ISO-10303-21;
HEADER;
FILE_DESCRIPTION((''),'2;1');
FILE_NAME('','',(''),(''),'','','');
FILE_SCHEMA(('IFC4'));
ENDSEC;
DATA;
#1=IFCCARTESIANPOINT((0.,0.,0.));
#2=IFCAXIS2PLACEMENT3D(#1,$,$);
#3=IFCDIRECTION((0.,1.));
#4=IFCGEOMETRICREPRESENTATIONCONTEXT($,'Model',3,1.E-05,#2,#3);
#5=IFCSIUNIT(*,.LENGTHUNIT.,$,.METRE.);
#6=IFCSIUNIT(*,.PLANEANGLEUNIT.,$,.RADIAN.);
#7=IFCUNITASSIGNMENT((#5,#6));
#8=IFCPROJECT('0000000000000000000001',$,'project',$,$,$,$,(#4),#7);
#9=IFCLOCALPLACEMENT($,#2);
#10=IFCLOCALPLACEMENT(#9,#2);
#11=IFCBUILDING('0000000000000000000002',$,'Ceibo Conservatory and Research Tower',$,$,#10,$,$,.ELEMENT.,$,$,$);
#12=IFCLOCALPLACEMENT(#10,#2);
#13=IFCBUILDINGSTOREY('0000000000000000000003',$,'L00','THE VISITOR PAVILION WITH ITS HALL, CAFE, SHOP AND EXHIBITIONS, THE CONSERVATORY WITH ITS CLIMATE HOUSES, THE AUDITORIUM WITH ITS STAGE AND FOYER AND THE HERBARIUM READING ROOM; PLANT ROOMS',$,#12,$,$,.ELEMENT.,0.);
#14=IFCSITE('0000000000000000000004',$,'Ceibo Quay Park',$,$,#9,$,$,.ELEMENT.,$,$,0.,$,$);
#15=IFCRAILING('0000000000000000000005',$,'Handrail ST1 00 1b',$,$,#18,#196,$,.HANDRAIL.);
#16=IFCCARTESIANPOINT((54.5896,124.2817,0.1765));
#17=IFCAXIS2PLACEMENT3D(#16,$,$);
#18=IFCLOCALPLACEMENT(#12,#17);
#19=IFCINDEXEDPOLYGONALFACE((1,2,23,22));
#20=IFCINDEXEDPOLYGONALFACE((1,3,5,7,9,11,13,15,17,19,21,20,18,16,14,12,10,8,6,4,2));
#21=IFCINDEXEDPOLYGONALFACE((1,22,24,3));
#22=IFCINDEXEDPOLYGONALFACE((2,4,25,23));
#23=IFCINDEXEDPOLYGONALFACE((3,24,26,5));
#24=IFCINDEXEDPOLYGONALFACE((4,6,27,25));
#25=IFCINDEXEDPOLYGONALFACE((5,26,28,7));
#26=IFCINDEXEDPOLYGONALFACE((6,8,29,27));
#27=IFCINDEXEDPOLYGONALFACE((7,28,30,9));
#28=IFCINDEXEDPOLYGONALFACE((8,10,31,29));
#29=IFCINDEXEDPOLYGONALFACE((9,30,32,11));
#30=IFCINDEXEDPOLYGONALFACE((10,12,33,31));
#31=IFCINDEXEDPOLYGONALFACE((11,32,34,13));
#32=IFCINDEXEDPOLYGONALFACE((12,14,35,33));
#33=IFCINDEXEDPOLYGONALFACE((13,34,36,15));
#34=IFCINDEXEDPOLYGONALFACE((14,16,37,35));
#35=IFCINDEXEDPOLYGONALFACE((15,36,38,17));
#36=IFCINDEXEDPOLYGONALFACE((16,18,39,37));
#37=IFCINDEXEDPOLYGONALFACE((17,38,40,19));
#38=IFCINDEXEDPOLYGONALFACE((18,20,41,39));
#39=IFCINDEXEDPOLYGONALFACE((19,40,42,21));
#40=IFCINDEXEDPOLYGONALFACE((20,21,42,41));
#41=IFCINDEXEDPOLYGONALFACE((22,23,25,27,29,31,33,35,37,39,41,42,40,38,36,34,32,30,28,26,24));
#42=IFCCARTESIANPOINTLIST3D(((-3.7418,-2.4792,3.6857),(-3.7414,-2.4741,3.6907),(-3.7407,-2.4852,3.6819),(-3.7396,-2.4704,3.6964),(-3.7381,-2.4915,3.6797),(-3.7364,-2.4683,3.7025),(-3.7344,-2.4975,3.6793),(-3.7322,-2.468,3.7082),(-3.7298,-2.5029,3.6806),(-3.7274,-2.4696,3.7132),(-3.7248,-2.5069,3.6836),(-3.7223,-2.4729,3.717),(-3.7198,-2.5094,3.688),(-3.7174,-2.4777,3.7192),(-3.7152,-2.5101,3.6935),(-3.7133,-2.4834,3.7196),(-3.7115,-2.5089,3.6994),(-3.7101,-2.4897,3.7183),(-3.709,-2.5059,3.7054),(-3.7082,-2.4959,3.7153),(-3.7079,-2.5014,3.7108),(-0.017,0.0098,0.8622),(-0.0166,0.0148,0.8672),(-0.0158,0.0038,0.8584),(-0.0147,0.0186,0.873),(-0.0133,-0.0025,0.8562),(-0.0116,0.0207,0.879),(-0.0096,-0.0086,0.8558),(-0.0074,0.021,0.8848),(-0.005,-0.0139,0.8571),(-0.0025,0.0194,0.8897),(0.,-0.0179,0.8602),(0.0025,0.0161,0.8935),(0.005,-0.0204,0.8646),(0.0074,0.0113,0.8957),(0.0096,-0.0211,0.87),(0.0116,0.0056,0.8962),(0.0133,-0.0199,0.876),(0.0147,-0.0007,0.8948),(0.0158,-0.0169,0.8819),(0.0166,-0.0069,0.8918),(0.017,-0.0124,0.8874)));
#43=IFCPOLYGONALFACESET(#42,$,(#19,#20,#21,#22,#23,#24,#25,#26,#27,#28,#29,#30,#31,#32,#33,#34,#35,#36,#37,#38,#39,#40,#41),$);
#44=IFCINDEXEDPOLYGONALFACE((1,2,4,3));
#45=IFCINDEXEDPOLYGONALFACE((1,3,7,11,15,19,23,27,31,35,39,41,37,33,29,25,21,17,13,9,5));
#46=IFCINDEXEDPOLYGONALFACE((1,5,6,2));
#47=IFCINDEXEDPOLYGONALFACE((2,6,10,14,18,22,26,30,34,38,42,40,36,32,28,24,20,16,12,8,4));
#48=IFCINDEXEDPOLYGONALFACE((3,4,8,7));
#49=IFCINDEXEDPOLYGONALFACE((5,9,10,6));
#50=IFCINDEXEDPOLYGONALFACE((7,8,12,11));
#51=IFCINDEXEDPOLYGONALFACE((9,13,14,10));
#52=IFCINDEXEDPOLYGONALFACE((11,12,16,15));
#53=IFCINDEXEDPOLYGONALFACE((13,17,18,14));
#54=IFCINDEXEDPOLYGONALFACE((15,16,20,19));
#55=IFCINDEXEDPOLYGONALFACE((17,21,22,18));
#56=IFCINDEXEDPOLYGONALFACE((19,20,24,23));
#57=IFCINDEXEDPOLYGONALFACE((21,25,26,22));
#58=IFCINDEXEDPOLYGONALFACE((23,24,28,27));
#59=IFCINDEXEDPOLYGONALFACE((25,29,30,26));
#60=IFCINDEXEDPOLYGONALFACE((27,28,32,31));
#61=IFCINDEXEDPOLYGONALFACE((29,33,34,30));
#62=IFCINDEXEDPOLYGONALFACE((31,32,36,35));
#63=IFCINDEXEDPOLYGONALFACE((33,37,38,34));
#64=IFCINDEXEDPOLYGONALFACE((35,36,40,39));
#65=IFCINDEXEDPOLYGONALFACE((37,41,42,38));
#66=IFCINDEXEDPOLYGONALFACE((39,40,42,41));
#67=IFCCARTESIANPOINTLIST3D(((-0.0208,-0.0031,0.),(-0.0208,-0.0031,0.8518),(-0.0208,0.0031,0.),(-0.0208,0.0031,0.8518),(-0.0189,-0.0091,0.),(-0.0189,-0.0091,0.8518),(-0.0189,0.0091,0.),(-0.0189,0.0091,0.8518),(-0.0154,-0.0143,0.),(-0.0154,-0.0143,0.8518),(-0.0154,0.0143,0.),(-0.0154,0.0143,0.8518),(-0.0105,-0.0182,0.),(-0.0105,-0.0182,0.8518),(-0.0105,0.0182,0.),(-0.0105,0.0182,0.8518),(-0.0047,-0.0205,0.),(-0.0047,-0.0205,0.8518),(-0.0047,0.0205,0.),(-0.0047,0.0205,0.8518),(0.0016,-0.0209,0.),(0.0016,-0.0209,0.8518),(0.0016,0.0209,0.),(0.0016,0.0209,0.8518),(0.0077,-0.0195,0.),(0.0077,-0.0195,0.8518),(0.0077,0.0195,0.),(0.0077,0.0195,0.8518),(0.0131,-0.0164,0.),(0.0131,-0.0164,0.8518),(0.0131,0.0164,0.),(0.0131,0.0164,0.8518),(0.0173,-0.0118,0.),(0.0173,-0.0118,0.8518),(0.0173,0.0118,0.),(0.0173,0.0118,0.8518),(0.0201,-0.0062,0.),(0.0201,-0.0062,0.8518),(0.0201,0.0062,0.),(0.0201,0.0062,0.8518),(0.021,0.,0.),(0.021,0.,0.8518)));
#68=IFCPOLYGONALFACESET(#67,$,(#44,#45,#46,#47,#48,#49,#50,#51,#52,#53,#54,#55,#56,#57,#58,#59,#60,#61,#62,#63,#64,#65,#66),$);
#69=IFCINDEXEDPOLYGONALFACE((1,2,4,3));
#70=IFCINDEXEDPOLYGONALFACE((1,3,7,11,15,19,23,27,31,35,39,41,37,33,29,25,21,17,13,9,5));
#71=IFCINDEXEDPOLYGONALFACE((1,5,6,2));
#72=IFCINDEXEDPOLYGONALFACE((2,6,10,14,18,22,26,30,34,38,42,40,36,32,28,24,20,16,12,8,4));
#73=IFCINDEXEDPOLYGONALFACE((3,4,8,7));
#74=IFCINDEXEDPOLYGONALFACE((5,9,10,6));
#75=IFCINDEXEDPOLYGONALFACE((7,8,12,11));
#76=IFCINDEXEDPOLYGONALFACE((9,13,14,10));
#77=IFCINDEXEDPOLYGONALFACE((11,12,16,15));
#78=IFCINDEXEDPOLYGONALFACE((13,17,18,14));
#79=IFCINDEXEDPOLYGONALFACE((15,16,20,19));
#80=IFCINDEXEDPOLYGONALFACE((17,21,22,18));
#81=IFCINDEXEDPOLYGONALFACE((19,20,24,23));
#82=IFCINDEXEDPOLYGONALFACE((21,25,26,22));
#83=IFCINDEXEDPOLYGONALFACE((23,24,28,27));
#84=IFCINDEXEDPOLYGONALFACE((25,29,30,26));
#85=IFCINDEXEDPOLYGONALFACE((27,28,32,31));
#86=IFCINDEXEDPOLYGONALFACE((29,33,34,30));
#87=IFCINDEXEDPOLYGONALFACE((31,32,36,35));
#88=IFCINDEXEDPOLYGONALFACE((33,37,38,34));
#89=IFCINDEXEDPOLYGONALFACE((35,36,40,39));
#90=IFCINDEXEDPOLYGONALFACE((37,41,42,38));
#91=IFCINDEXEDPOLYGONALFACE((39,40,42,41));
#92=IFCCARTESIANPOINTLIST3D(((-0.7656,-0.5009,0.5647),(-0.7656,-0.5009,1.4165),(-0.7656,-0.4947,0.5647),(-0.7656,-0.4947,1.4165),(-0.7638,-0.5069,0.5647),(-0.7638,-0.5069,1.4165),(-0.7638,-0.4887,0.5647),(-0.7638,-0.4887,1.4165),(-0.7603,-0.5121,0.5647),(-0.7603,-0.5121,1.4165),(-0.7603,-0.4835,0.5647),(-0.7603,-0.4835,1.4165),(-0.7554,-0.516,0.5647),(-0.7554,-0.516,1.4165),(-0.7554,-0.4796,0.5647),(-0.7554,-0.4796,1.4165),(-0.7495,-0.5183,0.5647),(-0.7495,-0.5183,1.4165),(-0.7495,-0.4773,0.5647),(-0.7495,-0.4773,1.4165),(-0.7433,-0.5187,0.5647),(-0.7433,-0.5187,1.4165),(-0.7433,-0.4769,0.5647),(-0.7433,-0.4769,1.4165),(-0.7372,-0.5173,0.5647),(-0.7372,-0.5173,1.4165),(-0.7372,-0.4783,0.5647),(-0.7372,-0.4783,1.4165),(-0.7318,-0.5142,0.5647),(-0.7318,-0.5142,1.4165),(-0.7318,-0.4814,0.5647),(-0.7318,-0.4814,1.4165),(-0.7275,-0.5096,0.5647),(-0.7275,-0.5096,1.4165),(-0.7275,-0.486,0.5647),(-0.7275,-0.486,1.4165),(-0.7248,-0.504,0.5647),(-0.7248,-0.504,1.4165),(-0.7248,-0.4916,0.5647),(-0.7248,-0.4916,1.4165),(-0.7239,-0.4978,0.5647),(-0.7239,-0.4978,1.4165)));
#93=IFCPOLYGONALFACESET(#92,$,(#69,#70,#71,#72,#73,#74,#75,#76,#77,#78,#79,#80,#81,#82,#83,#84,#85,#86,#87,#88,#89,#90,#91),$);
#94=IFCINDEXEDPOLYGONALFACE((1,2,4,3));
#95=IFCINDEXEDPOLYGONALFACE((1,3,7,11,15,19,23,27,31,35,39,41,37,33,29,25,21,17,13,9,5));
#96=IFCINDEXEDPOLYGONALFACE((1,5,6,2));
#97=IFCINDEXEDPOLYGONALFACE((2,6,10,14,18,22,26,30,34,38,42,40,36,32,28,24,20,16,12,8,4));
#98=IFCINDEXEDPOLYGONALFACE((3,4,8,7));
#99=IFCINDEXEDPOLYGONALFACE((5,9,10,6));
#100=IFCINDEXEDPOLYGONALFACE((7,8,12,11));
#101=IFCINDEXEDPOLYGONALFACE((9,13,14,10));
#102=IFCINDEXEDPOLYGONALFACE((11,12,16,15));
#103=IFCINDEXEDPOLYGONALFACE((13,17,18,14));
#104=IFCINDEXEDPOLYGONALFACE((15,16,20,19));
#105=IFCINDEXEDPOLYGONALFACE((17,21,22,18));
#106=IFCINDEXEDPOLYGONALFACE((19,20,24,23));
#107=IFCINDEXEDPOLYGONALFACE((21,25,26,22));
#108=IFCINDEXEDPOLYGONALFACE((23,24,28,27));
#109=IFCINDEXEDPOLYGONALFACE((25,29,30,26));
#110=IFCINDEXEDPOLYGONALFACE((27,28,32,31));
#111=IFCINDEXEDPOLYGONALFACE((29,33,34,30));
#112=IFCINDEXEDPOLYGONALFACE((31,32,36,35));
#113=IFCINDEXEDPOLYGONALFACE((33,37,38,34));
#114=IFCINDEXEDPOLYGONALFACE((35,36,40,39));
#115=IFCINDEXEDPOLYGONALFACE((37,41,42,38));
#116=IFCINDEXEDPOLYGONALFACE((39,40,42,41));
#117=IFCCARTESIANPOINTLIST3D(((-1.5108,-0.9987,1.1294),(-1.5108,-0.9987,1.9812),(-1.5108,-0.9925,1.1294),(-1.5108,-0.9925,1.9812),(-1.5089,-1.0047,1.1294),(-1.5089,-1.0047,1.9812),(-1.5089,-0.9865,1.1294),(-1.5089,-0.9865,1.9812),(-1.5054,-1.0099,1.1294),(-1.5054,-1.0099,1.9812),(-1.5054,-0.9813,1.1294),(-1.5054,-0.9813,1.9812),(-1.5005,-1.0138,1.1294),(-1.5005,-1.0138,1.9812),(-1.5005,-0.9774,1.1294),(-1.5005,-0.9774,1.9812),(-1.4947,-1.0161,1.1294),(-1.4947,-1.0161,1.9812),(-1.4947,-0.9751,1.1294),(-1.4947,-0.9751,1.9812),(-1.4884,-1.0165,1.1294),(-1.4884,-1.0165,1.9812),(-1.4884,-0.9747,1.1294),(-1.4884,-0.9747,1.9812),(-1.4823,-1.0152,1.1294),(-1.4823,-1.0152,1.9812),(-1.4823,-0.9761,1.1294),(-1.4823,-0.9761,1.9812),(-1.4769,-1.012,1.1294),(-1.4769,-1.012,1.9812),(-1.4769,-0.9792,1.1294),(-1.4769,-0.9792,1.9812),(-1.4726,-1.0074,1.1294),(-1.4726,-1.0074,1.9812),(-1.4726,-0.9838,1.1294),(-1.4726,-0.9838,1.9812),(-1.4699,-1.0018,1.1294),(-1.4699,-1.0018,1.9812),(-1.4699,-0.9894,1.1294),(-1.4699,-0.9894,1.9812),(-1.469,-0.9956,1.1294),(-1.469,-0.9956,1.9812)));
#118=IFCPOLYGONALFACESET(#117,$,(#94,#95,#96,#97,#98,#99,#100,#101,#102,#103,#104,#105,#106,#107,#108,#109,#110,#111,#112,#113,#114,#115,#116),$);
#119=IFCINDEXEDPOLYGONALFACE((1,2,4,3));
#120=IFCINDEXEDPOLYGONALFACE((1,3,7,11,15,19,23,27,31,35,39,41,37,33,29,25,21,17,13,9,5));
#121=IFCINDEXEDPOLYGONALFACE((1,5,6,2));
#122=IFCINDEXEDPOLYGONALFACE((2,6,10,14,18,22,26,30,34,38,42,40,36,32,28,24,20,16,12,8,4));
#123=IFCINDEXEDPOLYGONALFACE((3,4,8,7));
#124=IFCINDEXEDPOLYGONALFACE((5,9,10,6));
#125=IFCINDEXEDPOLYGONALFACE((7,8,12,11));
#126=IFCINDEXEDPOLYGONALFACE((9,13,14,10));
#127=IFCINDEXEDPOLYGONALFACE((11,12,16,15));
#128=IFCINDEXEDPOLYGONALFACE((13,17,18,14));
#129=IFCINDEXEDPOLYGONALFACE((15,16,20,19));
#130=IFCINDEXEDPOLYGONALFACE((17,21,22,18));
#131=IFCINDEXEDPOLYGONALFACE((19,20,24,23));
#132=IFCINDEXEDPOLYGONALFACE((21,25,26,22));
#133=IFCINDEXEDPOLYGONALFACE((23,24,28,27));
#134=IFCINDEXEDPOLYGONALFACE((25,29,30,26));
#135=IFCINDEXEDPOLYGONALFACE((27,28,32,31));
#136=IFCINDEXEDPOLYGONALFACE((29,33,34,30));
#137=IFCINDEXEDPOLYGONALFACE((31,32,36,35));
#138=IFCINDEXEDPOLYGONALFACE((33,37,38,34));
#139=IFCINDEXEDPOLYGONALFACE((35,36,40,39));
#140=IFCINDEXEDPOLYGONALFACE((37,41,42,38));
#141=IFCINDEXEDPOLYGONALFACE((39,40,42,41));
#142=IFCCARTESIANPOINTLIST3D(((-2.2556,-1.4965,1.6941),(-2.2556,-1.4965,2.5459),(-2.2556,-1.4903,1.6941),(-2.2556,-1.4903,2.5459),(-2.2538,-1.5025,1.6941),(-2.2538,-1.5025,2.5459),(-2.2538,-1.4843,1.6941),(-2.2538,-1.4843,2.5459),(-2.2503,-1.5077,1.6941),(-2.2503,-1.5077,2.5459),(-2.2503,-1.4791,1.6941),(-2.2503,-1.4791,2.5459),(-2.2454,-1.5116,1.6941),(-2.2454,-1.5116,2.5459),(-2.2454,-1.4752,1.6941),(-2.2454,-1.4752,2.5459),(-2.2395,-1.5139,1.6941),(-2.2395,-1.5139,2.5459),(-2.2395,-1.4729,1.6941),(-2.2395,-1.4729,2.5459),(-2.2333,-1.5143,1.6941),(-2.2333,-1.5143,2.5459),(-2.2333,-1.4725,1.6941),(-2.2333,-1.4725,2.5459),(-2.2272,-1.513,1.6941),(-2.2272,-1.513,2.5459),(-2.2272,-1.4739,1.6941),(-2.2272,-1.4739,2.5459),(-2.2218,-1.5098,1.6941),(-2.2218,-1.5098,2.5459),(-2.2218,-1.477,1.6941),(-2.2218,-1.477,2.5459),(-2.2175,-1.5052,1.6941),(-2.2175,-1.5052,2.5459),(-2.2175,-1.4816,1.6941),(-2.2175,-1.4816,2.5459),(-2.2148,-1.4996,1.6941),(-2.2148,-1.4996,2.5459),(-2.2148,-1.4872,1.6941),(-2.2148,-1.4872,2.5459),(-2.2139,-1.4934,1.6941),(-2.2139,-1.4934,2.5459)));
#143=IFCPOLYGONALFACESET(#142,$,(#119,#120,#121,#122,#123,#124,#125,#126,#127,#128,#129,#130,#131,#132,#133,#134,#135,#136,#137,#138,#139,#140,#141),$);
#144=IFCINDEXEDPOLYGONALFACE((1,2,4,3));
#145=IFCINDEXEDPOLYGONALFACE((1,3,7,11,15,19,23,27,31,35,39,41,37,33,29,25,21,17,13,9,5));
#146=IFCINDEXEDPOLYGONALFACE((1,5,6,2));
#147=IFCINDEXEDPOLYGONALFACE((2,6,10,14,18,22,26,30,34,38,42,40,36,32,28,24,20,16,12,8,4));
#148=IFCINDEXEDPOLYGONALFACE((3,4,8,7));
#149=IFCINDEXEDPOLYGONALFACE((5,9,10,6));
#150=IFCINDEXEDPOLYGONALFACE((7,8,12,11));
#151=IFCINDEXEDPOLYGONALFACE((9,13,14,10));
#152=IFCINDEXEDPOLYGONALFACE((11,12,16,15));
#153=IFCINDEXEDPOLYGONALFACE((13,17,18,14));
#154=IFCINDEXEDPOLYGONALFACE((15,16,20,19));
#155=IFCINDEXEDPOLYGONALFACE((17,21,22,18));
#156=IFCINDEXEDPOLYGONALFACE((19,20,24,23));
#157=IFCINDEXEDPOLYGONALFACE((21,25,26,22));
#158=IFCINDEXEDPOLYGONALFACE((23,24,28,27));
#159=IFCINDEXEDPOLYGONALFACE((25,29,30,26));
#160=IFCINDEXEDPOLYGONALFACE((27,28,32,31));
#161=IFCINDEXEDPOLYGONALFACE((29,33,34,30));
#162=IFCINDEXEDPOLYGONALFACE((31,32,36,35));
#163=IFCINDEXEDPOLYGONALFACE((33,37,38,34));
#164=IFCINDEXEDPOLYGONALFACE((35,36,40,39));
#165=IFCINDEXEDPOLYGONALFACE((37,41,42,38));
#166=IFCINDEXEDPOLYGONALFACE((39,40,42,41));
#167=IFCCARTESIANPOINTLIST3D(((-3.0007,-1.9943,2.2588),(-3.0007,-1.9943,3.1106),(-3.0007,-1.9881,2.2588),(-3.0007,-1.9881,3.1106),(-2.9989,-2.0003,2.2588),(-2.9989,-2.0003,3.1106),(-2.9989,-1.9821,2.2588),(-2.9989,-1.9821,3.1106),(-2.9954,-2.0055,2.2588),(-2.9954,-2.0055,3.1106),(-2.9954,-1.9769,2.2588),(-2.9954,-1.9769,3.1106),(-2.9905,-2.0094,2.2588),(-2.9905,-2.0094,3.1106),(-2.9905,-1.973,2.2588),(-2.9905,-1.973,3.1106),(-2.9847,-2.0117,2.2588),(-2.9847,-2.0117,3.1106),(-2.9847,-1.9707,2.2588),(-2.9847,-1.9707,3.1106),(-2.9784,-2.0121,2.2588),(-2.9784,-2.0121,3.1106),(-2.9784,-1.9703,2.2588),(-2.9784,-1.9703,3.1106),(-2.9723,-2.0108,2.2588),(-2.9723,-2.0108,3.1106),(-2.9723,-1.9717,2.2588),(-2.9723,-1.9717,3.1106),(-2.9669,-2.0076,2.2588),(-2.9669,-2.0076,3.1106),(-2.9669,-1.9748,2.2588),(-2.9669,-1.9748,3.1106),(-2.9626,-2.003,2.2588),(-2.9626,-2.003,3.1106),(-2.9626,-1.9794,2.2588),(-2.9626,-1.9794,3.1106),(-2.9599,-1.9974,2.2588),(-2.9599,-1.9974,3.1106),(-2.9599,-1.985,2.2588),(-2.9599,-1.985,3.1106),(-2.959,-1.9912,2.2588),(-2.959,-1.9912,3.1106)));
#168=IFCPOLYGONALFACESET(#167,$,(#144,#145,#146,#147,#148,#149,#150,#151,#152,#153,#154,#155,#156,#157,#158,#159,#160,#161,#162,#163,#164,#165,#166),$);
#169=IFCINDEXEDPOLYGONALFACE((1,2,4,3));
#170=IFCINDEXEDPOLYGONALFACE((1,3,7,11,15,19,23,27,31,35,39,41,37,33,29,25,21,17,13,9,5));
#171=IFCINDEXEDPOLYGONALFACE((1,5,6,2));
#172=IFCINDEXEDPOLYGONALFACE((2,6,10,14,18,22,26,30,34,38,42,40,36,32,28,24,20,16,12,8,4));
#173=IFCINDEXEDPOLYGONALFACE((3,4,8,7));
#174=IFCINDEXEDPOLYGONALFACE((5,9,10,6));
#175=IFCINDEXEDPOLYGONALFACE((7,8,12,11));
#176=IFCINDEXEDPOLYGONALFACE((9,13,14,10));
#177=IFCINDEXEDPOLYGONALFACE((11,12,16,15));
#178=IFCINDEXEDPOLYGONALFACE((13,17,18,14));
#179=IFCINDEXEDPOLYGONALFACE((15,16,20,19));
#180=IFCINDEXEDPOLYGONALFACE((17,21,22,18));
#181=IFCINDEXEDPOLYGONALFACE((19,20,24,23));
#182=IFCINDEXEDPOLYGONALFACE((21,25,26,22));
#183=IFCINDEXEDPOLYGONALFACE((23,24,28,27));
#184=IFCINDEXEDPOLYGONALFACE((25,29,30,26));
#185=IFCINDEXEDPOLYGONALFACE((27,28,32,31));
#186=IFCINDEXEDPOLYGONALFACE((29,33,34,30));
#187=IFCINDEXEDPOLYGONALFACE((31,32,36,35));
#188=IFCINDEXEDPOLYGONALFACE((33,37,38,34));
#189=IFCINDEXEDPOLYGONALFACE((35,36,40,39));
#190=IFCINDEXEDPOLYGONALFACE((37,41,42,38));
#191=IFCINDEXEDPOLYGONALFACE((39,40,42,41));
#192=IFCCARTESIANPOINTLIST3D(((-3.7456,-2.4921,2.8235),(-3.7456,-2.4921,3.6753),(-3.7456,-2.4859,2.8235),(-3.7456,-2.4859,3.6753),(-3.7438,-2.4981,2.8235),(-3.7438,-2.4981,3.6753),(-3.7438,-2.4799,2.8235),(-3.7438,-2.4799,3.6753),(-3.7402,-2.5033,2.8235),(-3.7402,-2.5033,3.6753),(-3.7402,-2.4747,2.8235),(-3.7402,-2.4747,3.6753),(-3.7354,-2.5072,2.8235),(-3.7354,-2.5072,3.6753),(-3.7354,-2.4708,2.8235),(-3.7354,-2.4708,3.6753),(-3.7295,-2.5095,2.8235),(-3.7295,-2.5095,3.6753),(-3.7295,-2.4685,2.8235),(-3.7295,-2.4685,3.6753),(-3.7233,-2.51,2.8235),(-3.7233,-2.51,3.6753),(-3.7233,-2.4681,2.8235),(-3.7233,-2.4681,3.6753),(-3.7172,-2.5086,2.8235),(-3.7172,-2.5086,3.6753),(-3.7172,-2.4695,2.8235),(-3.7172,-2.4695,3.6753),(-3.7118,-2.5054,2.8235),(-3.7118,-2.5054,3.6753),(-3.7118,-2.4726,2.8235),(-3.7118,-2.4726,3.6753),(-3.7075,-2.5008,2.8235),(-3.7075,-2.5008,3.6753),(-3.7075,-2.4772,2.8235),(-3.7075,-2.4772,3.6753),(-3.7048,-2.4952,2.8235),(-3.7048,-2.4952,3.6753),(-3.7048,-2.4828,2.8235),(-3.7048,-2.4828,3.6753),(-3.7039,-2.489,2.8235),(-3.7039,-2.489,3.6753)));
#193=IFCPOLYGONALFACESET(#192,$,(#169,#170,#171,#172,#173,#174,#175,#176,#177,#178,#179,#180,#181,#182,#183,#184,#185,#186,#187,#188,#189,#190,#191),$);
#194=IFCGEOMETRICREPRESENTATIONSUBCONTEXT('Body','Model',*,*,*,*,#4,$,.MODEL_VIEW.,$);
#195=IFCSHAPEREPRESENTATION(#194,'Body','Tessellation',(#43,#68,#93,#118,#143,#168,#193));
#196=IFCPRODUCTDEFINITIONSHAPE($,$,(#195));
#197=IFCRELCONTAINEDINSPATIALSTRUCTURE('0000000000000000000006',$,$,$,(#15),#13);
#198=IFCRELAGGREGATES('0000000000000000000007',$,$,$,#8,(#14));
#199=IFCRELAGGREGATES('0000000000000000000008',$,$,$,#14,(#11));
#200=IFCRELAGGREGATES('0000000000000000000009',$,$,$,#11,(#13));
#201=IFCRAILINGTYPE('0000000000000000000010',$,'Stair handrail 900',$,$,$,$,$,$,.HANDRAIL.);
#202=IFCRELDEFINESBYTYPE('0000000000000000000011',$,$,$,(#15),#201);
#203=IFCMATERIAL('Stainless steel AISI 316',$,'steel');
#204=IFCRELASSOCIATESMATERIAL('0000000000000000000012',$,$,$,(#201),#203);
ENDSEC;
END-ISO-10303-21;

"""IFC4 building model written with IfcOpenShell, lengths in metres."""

from ifc_helpers import new_model, si_unit, direction, frame, origin, origin_2d, place, context, subcontext, project, spatial, circle, extrude, material, type_object, element, save


model = new_model("IFC4")

# Units and contexts
model_context = context("Model", 3, precision=1e-05, world=origin(), true_north=direction((0.0, 1.0)))
body_context = subcontext(model_context, "Body", "Model", "MODEL_VIEW")
ifc_project = project(units=[si_unit("LENGTHUNIT", "METRE"), si_unit("PLANEANGLEUNIT", "RADIAN")], contexts=[model_context])

# Site, building, storey
site_placement = place(None, origin())
site = spatial("IfcSite", under=ifc_project, at=site_placement, Name="Ceibo Quay Park", CompositionType="ELEMENT", RefElevation=0.0)
building_placement = place(site_placement, origin())
building = spatial("IfcBuilding", under=site, at=building_placement, Name="Ceibo Conservatory and Research Tower", CompositionType="ELEMENT")
storey_placement = place(building_placement, origin())
storey = spatial("IfcBuildingStorey", under=building, at=storey_placement, Name="L00", Description="THE VISITOR PAVILION WITH ITS HALL, CAFE, SHOP AND EXHIBITIONS, THE CONSERVATORY WITH ITS CLIMATE HOUSES, THE AUDITORIUM WITH ITS STAGE AND FOYER AND THE HERBARIUM READING ROOM; PLANT ROOMS", CompositionType="ELEMENT", Elevation=0.0)

# Shared definitions
ifc_material_1 = material(Name="Stainless steel AISI 316", Category="steel")

# Railing
railing_type = type_object("IfcRailingType", Name="Stair handrail 900", PredefinedType="HANDRAIL", material=ifc_material_1)
railing_1_placement = place(storey_placement, frame((54.5896, 124.2817, 0.1765)))
element("IfcRailing", 1, at=railing_1_placement, inside=storey, type_object=railing_type, Name="Handrail ST1 00 1b", PredefinedType="HANDRAIL", context=body_context, shape_type="SweptSolid", body=[
    extrude(circle(Radius=0.0239, at=origin_2d()), frame((0.0, 0.0, 0.876), z_axis=(-0.703406, -0.470029, 0.533191), x_axis=(0.555593, -0.831455, 0.0)), (0.0, 0.0, 1.0), 5.2954),
    extrude(circle(Radius=0.021, at=origin_2d()), origin(), (0.0, 0.0, 1.0), 0.8518),
    extrude(circle(Radius=0.021, at=origin_2d()), frame((-0.7449, -0.4978, 0.5647)), (0.0, 0.0, 1.0), 0.8518),
    extrude(circle(Radius=0.021, at=origin_2d()), frame((-1.49, -0.9956, 1.1294)), (0.0, 0.0, 1.0), 0.8518),
    extrude(circle(Radius=0.021, at=origin_2d()), frame((-2.2349, -1.4934, 1.6941)), (0.0, 0.0, 1.0), 0.8518),
    extrude(circle(Radius=0.021, at=origin_2d()), frame((-2.98, -1.9912, 2.2588)), (0.0, 0.0, 1.0), 0.8518),
    extrude(circle(Radius=0.021, at=origin_2d()), frame((-3.7249, -2.489, 2.8235)), (0.0, 0.0, 1.0), 0.8518),
])

save(model, "model.ifc")
